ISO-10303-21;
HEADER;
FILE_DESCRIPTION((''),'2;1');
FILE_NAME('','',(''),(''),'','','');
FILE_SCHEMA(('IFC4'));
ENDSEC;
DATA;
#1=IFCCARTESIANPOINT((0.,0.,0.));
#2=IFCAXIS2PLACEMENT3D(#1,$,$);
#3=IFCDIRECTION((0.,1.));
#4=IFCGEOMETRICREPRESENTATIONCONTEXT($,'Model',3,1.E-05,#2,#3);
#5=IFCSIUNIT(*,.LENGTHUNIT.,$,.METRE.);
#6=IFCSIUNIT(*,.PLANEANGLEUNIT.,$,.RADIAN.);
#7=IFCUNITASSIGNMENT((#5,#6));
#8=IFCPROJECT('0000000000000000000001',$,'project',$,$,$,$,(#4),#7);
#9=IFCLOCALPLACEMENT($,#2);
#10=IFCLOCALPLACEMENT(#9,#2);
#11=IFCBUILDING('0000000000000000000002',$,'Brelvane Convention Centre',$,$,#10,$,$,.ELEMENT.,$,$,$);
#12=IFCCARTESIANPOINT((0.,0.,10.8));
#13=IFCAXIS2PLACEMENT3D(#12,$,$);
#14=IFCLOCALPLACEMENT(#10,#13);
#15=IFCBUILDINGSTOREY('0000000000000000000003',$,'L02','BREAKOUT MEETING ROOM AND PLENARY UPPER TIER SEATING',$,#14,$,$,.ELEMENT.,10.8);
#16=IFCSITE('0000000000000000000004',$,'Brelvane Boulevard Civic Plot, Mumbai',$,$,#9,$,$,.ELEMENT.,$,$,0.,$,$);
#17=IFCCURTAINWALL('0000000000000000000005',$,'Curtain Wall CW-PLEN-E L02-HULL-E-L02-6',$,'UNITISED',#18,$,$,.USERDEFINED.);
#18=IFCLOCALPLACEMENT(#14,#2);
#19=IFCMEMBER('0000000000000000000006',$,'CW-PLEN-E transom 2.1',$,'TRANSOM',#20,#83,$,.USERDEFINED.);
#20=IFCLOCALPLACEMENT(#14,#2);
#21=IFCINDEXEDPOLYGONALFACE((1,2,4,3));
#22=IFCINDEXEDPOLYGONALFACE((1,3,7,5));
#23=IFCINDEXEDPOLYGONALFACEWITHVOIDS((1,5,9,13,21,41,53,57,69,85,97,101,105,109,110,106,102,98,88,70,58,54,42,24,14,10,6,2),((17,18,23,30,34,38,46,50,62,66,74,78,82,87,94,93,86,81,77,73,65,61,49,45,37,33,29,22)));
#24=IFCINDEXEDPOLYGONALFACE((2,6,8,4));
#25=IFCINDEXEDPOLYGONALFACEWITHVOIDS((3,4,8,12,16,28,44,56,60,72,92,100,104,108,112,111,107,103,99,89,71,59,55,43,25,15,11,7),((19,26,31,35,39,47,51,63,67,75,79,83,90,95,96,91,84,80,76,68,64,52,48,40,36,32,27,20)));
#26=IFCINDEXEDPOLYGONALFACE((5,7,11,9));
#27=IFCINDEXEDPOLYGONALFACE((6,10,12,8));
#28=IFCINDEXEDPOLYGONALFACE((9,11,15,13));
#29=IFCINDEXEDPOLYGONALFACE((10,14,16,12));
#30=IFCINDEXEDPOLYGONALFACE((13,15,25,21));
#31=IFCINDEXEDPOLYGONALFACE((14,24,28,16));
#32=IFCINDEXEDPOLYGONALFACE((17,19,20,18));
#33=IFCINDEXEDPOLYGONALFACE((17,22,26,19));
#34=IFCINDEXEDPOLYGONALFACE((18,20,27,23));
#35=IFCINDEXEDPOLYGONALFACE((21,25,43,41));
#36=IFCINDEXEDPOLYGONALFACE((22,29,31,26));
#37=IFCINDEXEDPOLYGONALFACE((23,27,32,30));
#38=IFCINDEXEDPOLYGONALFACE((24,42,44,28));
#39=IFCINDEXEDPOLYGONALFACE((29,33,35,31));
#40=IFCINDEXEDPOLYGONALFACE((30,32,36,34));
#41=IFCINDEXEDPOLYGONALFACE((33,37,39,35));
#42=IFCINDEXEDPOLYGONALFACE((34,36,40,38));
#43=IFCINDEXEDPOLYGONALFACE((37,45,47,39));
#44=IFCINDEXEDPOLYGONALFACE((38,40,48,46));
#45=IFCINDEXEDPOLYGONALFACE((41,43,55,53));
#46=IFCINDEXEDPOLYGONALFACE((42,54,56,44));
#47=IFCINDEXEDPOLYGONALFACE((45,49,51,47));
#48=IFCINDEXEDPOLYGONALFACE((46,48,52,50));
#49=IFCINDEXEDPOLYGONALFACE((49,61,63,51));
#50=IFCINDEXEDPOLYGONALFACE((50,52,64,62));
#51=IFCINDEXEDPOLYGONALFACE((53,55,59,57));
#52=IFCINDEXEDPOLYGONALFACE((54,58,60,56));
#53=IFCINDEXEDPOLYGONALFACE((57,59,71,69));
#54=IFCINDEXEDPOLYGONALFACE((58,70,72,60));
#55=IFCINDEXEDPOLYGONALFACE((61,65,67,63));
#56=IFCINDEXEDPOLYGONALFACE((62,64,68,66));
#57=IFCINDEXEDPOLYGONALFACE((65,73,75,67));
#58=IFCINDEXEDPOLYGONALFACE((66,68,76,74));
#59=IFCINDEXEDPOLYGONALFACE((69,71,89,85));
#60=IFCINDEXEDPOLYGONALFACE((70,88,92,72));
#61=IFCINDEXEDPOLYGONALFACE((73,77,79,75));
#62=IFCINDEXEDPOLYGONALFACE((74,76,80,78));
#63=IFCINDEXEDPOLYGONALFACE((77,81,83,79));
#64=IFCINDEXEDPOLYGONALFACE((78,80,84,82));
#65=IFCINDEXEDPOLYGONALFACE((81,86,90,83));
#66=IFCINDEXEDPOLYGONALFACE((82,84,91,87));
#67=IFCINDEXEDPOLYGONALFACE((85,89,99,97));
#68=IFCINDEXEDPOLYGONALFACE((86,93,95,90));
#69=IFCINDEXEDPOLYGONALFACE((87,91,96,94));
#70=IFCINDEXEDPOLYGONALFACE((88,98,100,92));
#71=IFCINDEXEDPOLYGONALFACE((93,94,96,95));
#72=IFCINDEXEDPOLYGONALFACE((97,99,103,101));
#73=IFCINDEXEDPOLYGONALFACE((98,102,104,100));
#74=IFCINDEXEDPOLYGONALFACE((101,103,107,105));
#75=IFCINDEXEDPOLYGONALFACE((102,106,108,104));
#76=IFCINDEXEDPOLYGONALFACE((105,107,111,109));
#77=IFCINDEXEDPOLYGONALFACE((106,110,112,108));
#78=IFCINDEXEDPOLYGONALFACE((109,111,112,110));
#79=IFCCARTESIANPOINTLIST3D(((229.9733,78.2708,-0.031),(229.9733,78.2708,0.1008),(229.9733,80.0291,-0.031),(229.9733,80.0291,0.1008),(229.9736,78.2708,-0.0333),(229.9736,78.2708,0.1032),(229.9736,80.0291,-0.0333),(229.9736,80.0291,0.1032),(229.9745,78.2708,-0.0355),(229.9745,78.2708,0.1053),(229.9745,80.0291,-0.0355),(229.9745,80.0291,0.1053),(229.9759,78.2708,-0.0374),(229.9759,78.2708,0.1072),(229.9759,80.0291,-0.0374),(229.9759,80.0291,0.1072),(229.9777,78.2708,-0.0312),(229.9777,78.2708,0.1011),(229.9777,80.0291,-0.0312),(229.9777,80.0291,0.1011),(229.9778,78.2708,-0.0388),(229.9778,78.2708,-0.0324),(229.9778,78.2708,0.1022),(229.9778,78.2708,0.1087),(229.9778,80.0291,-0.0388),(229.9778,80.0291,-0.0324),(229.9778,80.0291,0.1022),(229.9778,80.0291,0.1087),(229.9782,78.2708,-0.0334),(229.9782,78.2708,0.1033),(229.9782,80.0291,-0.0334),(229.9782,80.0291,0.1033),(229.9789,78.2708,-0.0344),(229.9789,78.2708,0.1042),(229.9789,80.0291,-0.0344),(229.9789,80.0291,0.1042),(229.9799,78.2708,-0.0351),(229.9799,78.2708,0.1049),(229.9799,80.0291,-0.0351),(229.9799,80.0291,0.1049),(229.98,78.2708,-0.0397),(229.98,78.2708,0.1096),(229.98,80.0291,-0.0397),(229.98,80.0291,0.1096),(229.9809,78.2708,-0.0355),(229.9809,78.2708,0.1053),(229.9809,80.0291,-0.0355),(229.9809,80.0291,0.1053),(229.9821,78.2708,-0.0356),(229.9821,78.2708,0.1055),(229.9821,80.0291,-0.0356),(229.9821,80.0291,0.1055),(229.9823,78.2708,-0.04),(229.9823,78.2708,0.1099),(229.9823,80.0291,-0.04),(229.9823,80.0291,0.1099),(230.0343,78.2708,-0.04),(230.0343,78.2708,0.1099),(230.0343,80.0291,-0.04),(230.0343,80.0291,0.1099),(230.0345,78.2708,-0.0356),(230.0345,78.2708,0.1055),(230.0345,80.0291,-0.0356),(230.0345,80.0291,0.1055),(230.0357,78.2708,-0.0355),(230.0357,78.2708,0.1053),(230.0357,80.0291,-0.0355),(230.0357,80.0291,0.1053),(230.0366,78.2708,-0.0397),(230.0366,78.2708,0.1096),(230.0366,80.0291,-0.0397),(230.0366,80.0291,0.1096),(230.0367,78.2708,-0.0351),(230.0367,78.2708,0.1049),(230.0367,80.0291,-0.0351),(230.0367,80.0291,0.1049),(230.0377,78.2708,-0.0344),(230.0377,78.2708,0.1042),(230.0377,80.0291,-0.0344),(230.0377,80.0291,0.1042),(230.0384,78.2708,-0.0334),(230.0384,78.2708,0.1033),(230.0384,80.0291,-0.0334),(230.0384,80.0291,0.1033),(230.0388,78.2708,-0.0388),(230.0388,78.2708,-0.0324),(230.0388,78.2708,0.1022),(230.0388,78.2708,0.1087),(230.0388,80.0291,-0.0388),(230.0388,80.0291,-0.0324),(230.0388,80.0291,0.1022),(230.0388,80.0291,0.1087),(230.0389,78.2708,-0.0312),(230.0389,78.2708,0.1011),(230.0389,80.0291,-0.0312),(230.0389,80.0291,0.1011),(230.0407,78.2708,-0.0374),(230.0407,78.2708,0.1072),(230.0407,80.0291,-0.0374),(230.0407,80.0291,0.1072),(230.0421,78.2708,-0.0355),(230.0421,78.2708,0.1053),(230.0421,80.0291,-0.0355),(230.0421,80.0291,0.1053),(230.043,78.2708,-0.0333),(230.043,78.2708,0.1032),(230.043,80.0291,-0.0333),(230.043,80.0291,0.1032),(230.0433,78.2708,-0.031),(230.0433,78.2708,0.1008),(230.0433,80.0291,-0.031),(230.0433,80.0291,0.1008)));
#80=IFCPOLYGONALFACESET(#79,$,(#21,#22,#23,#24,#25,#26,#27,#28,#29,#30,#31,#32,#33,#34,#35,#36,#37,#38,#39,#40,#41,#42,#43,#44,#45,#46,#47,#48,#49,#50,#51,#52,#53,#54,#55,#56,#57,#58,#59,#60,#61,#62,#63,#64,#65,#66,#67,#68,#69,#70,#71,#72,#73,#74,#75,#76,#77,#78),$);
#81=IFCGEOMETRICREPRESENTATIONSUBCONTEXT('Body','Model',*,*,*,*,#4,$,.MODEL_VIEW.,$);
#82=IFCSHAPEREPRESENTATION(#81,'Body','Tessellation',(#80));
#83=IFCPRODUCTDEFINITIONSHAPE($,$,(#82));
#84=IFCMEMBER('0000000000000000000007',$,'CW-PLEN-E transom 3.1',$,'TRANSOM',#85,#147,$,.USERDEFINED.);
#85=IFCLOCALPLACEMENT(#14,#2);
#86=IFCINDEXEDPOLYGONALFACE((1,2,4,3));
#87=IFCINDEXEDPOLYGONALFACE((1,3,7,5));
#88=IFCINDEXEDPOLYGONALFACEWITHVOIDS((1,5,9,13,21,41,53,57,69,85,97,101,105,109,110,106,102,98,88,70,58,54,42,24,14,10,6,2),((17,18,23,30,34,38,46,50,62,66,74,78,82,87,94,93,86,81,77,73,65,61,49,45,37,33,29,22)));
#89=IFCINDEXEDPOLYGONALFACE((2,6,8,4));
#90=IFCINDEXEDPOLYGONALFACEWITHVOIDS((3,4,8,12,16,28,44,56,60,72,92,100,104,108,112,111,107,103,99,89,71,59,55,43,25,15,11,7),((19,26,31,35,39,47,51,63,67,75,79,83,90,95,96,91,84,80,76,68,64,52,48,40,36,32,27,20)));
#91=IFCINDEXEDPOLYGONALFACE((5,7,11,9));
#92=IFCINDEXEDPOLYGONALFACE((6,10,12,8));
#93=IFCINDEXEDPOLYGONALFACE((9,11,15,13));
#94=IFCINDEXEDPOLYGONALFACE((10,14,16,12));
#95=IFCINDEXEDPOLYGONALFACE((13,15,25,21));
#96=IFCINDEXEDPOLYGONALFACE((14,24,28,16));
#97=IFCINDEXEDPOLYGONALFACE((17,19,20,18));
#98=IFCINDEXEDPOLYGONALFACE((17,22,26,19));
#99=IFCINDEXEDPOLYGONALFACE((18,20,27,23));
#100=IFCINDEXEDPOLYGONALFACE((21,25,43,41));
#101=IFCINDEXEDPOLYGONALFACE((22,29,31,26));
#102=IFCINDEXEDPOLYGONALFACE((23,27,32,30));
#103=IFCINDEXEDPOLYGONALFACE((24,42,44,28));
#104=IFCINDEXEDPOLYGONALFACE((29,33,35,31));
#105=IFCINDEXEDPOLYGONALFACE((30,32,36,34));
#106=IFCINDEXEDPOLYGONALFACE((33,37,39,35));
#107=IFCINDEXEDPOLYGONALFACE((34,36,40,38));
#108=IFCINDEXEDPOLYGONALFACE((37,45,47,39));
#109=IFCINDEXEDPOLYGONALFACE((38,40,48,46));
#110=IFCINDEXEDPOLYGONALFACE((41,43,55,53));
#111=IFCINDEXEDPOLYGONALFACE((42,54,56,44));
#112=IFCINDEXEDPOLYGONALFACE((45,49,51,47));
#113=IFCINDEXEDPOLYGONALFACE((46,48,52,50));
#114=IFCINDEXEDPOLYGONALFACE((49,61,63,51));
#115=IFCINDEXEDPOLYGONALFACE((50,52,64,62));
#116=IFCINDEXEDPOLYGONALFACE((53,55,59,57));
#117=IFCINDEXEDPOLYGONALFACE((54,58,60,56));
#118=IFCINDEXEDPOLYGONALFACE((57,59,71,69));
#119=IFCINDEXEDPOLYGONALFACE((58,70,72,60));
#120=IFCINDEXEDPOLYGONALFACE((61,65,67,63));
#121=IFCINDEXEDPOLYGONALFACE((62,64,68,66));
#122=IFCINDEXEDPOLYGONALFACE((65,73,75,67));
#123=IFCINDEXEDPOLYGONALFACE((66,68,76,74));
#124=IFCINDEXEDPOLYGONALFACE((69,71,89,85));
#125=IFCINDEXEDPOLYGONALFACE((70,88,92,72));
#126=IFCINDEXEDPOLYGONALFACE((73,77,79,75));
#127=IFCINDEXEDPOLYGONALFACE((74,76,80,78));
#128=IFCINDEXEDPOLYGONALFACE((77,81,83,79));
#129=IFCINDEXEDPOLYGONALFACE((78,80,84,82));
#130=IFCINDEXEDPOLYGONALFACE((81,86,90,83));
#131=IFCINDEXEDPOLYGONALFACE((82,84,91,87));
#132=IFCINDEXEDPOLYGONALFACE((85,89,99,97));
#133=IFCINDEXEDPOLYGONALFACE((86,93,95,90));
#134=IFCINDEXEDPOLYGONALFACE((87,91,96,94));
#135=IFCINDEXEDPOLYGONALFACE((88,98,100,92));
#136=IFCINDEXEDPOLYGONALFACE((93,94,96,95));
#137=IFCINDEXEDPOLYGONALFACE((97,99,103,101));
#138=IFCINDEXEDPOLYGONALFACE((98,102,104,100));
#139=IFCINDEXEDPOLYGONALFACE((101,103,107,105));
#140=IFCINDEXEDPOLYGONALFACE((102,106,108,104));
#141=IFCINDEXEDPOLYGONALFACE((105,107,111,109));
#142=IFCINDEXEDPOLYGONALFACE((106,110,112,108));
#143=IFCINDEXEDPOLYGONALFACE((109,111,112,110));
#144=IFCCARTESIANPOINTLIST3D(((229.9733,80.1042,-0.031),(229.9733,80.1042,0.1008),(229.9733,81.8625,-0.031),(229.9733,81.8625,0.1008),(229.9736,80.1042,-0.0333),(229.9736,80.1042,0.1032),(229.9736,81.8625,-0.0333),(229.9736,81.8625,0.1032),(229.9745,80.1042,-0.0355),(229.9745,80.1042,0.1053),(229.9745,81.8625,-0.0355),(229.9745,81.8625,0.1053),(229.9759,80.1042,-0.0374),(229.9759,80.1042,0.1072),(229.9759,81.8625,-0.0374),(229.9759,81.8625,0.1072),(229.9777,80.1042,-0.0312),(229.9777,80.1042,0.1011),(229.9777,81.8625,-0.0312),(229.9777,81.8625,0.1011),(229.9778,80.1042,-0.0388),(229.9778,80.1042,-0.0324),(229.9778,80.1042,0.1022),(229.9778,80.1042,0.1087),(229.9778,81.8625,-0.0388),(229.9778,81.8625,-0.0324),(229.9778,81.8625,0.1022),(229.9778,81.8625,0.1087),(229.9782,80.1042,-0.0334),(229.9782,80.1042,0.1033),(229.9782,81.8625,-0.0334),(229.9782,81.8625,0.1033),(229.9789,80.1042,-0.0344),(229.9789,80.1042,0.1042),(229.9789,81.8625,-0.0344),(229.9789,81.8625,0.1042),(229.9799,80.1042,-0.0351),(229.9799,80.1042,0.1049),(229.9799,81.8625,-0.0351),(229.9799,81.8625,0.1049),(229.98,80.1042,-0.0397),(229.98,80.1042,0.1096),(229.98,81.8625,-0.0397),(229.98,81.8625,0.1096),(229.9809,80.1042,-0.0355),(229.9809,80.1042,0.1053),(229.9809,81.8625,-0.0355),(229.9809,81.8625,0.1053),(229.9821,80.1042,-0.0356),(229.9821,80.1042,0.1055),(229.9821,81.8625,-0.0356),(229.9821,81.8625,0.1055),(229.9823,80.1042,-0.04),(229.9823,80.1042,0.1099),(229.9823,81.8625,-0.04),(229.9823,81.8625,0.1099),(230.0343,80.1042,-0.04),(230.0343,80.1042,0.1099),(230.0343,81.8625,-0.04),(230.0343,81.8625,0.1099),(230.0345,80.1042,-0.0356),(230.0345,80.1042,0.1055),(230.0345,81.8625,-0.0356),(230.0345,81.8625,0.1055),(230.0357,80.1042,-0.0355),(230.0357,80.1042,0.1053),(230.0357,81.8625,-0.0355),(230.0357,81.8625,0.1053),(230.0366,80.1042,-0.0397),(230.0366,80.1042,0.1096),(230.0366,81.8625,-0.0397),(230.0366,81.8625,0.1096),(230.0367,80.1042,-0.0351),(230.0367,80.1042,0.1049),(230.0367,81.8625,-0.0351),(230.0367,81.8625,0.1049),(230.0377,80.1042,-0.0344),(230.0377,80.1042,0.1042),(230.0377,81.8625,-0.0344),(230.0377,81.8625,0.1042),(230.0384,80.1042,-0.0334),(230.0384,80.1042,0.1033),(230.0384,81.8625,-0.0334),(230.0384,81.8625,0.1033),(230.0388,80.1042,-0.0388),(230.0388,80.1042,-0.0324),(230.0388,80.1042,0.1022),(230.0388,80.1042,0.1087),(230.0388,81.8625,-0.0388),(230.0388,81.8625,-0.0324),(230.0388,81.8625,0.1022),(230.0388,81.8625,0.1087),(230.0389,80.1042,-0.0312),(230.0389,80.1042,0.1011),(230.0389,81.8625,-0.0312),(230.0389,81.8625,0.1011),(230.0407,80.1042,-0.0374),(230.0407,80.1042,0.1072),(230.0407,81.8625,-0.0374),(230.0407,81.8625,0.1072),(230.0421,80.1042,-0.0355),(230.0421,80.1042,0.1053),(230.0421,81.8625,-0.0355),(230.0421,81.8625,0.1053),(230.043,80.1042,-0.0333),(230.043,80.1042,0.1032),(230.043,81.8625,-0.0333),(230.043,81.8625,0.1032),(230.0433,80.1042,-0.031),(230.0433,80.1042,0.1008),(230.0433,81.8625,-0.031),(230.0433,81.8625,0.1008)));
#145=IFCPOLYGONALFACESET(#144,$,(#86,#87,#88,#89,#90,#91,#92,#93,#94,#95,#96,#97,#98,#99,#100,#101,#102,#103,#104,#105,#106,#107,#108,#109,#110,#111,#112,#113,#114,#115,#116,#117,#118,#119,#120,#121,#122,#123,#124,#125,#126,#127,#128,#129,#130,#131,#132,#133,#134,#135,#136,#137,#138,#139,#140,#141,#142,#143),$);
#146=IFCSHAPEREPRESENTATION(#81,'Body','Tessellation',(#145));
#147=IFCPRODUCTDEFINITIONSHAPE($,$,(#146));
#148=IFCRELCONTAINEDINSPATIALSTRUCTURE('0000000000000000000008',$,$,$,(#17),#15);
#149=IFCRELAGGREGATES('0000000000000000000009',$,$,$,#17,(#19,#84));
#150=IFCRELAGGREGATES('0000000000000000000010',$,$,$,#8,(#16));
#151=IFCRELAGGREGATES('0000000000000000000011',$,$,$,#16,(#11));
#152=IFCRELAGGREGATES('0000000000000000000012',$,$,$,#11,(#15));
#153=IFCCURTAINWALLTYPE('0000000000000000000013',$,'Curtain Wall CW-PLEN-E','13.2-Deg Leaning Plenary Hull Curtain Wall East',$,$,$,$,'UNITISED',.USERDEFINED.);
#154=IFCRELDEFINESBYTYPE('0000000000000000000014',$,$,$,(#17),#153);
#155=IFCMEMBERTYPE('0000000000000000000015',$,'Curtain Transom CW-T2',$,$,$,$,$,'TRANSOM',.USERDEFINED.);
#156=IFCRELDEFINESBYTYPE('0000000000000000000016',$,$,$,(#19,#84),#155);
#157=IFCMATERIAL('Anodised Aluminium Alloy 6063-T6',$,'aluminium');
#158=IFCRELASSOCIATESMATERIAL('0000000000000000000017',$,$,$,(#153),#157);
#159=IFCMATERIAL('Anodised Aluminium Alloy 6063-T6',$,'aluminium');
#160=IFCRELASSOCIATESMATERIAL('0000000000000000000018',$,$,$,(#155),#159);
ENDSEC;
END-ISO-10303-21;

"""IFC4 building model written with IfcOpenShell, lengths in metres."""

from ifc_helpers import new_model, si_unit, direction, frame, origin, origin_2d, place, context, subcontext, project, spatial, hollow_rectangle, extrude, material, material_profile, profile_set, type_object, element, aggregate, save


model = new_model("IFC4")

# Units and contexts
model_context = context("Model", 3, precision=1e-05, world=origin(), true_north=direction((0.0, 1.0)))
body_context = subcontext(model_context, "Body", "Model", "MODEL_VIEW")
ifc_project = project(units=[si_unit("LENGTHUNIT", "METRE"), si_unit("PLANEANGLEUNIT", "RADIAN")], contexts=[model_context])

# Site, building, storey
site_placement = place(None, origin())
site = spatial("IfcSite", under=ifc_project, at=site_placement, Name="Brelvane Boulevard Civic Plot, Mumbai", CompositionType="ELEMENT", RefElevation=0.0)
building_placement = place(site_placement, origin())
building = spatial("IfcBuilding", under=site, at=building_placement, Name="Brelvane Convention Centre", CompositionType="ELEMENT")
storey_placement = place(building_placement, frame((0.0, 0.0, 10.8)))
storey = spatial("IfcBuildingStorey", under=building, at=storey_placement, Name="L02", Description="BREAKOUT MEETING ROOM AND PLENARY UPPER TIER SEATING", CompositionType="ELEMENT", Elevation=10.8)

# Curtain wall
ifc_material_1 = material(Name="Anodised Aluminium Alloy 6063-T6", Category="aluminium")
curtain_wall_type = type_object("IfcCurtainWallType", Name="Curtain Wall CW-PLEN-E", Description="13.2-Deg Leaning Plenary Hull Curtain Wall East", ElementType="UNITISED", PredefinedType="USERDEFINED", material=ifc_material_1)
curtain_wall_1_placement = place(storey_placement, origin())
curtain_wall_1 = element("IfcCurtainWall", 1, at=curtain_wall_1_placement, inside=storey, type_object=curtain_wall_type, Name="Curtain Wall CW-PLEN-E L02-HULL-E-L02-6", ObjectType="UNITISED", PredefinedType="USERDEFINED")

# Members
ifc_material_2 = material(Name="Anodised Aluminium Alloy 6063-T6", Category="aluminium")
ifc_material_profile_1 = material_profile(ifc_material_2, hollow_rectangle(XDim=0.0701, YDim=0.1499, WallThickness=0.0044, InnerFilletRadius=0.0044, OuterFilletRadius=0.009, at=origin_2d()), Name="ALU-T 150x70x4.5")
ifc_profile_set_1 = profile_set([ifc_material_profile_1], Name="Anodised Aluminium Alloy 6063-T6")
member_type_1 = type_object("IfcMemberType", Name="Curtain Transom CW-T2", ElementType="TRANSOM", PredefinedType="USERDEFINED", material=ifc_profile_set_1)
member_1_placement = place(storey_placement, frame((230.0083, 78.2708, 0.0349), z_axis=(0.0, 1.0, 0.0), x_axis=(-1.0, 0.0, 0.0)))
member_1 = element("IfcMember", 2, at=member_1_placement, type_object=member_type_1, Name="CW-PLEN-E transom 2.1", ObjectType="TRANSOM", PredefinedType="USERDEFINED", context=body_context, shape_type="SweptSolid", body=[
    extrude(hollow_rectangle(XDim=0.0701, YDim=0.1499, WallThickness=0.0044, InnerFilletRadius=0.0044, OuterFilletRadius=0.009, at=origin_2d()), origin(), (0.0, 0.0, 1.0), 1.7583),
])
member_2_placement = place(storey_placement, frame((230.0083, 80.1042, 0.0349), z_axis=(0.0, 1.0, 0.0), x_axis=(-1.0, 0.0, 0.0)))
member_2 = element("IfcMember", 3, at=member_2_placement, type_object=member_type_1, Name="CW-PLEN-E transom 3.1", ObjectType="TRANSOM", PredefinedType="USERDEFINED", context=body_context, shape_type="SweptSolid", body=[
    extrude(hollow_rectangle(XDim=0.0701, YDim=0.1499, WallThickness=0.0044, InnerFilletRadius=0.0044, OuterFilletRadius=0.009, at=origin_2d()), origin(), (0.0, 0.0, 1.0), 1.7583),
])
aggregate(curtain_wall_1, [member_1, member_2])

save(model, "model.ifc")
